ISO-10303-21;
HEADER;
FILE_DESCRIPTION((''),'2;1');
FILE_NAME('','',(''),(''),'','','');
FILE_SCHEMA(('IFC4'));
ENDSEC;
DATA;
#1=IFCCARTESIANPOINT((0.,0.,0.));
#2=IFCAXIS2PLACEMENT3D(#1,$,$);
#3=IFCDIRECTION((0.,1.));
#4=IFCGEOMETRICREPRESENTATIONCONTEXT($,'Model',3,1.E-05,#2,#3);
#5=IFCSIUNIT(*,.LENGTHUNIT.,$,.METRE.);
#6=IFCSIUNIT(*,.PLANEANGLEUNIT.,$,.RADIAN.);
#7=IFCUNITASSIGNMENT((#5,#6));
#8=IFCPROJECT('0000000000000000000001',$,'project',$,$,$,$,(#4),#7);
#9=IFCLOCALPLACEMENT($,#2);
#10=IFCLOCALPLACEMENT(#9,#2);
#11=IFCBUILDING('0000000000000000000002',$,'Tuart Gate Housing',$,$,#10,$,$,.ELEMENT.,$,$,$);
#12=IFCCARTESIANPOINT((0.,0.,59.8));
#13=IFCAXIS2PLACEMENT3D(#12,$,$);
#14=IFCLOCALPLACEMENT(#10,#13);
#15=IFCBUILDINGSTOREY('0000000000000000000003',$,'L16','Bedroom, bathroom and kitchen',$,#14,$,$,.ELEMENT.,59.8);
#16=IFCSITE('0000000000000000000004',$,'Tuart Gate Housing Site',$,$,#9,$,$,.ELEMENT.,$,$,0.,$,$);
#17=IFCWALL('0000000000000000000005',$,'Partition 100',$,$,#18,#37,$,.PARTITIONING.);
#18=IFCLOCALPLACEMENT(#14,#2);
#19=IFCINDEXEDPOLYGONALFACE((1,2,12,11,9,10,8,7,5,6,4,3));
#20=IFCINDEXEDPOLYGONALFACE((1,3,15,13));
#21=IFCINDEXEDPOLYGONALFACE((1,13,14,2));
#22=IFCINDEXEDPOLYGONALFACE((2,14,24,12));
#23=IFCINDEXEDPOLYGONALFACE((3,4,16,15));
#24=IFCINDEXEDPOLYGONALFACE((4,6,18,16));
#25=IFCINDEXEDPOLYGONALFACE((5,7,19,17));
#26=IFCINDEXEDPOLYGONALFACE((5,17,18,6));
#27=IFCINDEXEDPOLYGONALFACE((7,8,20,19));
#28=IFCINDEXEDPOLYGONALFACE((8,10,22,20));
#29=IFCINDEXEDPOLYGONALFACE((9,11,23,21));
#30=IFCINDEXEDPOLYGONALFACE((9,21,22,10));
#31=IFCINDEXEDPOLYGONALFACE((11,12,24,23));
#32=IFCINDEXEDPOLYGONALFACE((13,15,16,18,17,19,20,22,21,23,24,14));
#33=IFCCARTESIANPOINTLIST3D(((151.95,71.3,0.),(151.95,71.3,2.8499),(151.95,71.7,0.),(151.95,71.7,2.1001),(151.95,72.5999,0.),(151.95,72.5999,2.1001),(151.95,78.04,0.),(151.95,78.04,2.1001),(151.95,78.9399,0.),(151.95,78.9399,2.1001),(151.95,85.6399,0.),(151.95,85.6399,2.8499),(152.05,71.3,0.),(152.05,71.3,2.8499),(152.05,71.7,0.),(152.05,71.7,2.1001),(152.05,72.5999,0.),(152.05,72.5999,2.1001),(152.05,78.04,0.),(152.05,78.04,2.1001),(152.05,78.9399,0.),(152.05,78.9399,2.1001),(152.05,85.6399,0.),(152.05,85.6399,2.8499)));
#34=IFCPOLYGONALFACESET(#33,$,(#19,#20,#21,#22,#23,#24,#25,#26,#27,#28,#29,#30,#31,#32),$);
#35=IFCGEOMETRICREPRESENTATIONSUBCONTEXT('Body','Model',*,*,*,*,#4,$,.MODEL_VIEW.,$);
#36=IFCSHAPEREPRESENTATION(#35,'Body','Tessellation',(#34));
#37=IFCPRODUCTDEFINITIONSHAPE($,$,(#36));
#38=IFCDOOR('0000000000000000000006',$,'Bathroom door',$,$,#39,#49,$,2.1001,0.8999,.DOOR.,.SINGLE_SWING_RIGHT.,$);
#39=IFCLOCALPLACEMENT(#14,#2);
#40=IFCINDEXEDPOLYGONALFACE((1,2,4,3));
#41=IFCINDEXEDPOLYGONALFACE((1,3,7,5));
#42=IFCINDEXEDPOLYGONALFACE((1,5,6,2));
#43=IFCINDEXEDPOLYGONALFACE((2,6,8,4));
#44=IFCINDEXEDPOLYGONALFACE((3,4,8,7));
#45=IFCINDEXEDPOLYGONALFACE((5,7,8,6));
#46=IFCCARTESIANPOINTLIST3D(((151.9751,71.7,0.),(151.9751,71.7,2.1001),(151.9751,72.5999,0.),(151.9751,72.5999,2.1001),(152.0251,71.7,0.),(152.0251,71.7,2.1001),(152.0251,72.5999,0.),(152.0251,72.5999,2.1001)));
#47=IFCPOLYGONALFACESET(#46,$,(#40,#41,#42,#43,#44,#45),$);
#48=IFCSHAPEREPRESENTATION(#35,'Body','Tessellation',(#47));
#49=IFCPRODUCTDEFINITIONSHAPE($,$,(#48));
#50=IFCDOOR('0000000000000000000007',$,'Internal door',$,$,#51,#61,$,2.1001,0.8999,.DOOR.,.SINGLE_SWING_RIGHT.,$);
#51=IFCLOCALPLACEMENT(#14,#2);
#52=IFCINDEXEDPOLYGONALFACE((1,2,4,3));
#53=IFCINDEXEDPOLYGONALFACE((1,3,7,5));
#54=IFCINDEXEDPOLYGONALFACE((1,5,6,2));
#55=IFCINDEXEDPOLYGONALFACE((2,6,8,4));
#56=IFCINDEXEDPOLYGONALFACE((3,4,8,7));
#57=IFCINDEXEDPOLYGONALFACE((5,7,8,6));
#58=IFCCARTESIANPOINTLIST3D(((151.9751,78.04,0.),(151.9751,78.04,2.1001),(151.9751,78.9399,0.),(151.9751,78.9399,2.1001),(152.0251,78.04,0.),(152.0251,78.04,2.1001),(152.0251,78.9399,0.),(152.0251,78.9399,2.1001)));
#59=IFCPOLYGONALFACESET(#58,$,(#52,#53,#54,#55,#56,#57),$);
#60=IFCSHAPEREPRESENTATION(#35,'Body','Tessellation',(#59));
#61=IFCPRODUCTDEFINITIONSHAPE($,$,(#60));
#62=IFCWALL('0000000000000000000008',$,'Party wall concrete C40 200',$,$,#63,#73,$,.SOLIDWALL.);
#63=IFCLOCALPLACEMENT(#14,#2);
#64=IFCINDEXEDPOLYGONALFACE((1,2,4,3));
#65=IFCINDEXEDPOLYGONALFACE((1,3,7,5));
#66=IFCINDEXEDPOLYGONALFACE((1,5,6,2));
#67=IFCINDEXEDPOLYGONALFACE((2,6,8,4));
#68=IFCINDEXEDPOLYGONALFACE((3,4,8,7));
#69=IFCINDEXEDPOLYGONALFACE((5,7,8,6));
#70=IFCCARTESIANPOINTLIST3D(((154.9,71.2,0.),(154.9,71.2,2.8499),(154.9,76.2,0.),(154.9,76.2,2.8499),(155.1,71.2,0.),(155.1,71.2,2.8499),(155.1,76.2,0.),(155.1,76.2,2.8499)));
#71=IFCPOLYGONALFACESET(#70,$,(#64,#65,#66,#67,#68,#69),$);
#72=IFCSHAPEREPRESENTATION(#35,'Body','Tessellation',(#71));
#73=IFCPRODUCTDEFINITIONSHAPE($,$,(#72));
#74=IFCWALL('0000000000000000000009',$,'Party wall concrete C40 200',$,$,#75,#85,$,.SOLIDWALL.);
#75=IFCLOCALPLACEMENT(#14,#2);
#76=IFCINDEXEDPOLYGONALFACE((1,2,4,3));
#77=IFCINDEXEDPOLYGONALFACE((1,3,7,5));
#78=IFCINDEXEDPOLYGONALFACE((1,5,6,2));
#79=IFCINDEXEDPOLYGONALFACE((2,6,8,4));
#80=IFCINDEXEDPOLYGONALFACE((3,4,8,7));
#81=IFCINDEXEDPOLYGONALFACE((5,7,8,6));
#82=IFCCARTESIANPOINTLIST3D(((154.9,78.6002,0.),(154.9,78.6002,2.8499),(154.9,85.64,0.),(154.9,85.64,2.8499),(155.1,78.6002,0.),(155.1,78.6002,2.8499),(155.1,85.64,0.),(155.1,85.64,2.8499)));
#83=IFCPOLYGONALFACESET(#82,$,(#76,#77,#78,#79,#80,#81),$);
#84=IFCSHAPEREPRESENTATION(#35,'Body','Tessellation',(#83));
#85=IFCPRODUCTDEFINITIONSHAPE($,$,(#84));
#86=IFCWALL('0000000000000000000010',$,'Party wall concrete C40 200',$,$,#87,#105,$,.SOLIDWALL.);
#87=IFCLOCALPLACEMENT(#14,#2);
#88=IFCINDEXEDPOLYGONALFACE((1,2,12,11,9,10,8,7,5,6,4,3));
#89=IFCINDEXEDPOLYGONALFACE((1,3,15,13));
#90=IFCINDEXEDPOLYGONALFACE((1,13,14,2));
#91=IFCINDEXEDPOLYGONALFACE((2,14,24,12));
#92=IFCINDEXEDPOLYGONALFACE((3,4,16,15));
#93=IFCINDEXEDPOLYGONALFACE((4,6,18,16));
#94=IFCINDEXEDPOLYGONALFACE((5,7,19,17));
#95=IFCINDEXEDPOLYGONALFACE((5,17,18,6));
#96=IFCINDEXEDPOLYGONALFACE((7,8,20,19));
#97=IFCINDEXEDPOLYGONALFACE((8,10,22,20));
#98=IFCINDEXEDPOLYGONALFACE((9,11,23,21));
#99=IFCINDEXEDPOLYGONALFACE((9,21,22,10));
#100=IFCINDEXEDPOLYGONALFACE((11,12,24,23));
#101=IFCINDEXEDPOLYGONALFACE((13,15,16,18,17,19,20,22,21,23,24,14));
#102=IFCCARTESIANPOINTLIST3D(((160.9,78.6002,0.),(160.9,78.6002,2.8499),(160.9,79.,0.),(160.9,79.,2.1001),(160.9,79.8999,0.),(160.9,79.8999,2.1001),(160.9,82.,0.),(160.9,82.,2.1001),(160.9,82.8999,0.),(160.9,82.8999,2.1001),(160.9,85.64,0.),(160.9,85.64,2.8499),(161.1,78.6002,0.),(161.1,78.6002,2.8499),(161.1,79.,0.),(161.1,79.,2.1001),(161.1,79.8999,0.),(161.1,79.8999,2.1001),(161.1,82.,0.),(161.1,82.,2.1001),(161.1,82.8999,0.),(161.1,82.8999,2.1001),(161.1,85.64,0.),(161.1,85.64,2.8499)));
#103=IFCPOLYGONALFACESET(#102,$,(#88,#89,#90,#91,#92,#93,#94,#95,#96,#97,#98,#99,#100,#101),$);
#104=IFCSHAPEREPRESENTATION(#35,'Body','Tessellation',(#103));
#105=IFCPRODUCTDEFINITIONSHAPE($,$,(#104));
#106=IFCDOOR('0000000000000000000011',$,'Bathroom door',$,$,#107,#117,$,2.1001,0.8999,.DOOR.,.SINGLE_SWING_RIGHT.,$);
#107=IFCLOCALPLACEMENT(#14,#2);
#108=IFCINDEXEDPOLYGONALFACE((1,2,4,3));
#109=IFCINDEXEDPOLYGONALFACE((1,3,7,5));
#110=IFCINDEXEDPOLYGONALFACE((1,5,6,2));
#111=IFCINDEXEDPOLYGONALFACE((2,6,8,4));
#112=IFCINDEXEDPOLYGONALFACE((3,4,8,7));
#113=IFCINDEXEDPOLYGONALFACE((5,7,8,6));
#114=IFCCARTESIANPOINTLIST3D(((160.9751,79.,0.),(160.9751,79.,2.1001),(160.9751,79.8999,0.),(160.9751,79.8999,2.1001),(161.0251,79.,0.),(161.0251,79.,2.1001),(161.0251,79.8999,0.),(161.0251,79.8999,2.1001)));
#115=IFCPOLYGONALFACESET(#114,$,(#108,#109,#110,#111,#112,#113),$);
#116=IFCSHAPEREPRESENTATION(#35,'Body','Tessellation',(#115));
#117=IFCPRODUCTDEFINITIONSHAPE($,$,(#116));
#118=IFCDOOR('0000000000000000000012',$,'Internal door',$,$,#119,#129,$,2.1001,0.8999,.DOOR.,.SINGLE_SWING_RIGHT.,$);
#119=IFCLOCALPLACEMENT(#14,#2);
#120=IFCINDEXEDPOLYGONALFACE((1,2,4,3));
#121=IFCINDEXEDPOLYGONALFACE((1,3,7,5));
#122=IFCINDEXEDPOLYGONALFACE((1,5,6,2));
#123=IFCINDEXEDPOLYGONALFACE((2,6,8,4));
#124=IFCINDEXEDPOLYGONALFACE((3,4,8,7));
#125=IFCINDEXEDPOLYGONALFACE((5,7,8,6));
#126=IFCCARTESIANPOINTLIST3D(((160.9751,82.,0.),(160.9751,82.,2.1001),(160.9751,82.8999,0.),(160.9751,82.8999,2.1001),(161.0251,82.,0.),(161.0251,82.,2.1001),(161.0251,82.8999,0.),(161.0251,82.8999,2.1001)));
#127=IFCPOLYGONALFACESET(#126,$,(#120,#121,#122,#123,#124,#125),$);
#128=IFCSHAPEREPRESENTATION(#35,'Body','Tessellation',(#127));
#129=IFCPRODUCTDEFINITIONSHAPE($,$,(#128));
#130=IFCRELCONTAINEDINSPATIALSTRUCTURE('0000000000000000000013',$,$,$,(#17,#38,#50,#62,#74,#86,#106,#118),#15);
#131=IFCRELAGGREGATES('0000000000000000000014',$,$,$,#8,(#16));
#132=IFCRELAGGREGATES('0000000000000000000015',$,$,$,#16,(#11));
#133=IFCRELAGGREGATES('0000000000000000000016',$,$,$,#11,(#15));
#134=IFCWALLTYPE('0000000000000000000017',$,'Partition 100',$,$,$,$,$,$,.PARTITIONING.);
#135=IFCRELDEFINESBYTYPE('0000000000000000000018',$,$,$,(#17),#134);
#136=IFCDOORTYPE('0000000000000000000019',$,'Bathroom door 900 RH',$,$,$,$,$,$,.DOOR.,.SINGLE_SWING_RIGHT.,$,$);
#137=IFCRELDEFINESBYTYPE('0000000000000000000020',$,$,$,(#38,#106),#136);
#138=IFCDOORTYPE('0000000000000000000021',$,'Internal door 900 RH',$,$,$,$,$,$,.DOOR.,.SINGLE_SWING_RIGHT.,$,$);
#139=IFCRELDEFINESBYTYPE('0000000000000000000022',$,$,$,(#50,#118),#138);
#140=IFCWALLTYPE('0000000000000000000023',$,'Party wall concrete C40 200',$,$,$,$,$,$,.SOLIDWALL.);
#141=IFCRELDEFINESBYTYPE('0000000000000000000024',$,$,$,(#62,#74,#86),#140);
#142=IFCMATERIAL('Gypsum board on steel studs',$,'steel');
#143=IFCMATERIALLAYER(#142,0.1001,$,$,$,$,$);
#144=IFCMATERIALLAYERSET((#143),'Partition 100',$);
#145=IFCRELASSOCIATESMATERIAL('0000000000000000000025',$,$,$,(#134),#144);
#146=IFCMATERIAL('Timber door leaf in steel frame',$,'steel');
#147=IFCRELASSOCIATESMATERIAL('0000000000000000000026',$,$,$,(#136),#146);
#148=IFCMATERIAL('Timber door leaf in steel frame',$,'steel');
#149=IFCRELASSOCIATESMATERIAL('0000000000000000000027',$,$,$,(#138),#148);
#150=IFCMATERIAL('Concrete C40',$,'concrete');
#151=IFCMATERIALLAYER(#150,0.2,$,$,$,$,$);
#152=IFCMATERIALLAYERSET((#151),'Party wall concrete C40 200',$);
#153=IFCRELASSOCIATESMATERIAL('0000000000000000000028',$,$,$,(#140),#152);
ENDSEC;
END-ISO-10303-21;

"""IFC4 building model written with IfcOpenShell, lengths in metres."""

from ifc_helpers import new_model, si_unit, direction, frame, frame_2d, origin, place, context, subcontext, project, spatial, rectangle, extrude, material, layer, layer_set, type_object, element, fill, save


model = new_model("IFC4")

# Units and contexts
model_context = context("Model", 3, precision=1e-05, world=origin(), true_north=direction((0.0, 1.0)))
body_context = subcontext(model_context, "Body", "Model", "MODEL_VIEW")
ifc_project = project(units=[si_unit("LENGTHUNIT", "METRE"), si_unit("PLANEANGLEUNIT", "RADIAN")], contexts=[model_context])

# Site, building, storey
site_placement = place(None, origin())
site = spatial("IfcSite", under=ifc_project, at=site_placement, Name="Tuart Gate Housing Site", CompositionType="ELEMENT", RefElevation=0.0)
building_placement = place(site_placement, origin())
building = spatial("IfcBuilding", under=site, at=building_placement, Name="Tuart Gate Housing", CompositionType="ELEMENT")
storey_placement = place(building_placement, frame((0.0, 0.0, 59.8)))
storey = spatial("IfcBuildingStorey", under=building, at=storey_placement, Name="L16", Description="Bedroom, bathroom and kitchen", CompositionType="ELEMENT", Elevation=59.8)

# Shared definitions
ifc_material_1 = material(Name="Gypsum board on steel studs", Category="steel")
ifc_layer_1 = layer(ifc_material_1, 0.1001)
ifc_layer_set_1 = layer_set([ifc_layer_1], Name="Partition 100")
wall_type_1 = type_object("IfcWallType", Name="Partition 100", PredefinedType="PARTITIONING", material=ifc_layer_set_1)

# Wall, openings, doors
wall_1_placement = place(storey_placement, frame((152.0, 71.3, 0.0), z_axis=(0.0, 0.0, 1.0), x_axis=(0.0, 1.0, 0.0)))
wall_1 = element("IfcWall", 1, at=wall_1_placement, inside=storey, type_object=wall_type_1, Name="Partition 100", PredefinedType="PARTITIONING", context=body_context, shape_type="SweptSolid", body=[
    extrude(rectangle(XDim=14.3398, YDim=0.1001, at=frame_2d((7.1699, 0.0))), origin(), (0.0, 0.0, 1.0), 2.8499),
])
opening_1_placement = place(wall_1_placement, frame((6.74, 0.0, 0.0)))
opening_1 = element("IfcOpeningElement", 2, at=opening_1_placement, cuts=wall_1, PredefinedType="OPENING", context=body_context, shape_type="SweptSolid", body=[
    extrude(rectangle(XDim=0.8999, YDim=2.1001, at=frame_2d((0.45, 1.05))), frame((0.0, 0.0601, 0.0), z_axis=(0.0, -1.0, 0.0), x_axis=(1.0, 0.0, 0.0)), (0.0, 0.0, 1.0), 0.1201),
])
opening_2_placement = place(wall_1_placement, frame((0.3999, 0.0, 0.0)))
opening_2 = element("IfcOpeningElement", 3, at=opening_2_placement, cuts=wall_1, PredefinedType="OPENING", context=body_context, shape_type="SweptSolid", body=[
    extrude(rectangle(XDim=0.8999, YDim=2.1001, at=frame_2d((0.45, 1.05))), frame((0.0, 0.0601, 0.0), z_axis=(0.0, -1.0, 0.0), x_axis=(1.0, 0.0, 0.0)), (0.0, 0.0, 1.0), 0.1201),
])
ifc_material_2 = material(Name="Timber door leaf in steel frame", Category="steel")
door_type_1 = type_object("IfcDoorType", Name="Bathroom door 900 RH", OperationType="SINGLE_SWING_RIGHT", PredefinedType="DOOR", material=ifc_material_2)
door_1_placement = place(opening_2_placement, frame((0.8999, 0.0, 0.0), z_axis=(0.0, 0.0, 1.0), x_axis=(-1.0, 0.0, 0.0)))
door_1 = element("IfcDoor", 4, at=door_1_placement, inside=storey, type_object=door_type_1, Name="Bathroom door", OperationType="SINGLE_SWING_RIGHT", OverallHeight=2.1001, OverallWidth=0.8999, PredefinedType="DOOR", context=body_context, shape_type="SweptSolid", body=[
    extrude(rectangle(XDim=0.8999, YDim=2.1001, at=frame_2d((0.45, 1.05))), frame((0.0, 0.0251, 0.0), z_axis=(0.0, -1.0, 0.0), x_axis=(1.0, 0.0, 0.0)), (0.0, 0.0, 1.0), 0.05),
])
fill(opening_2, door_1)
ifc_material_3 = material(Name="Timber door leaf in steel frame", Category="steel")
door_type_2 = type_object("IfcDoorType", Name="Internal door 900 RH", OperationType="SINGLE_SWING_RIGHT", PredefinedType="DOOR", material=ifc_material_3)
door_2_placement = place(opening_1_placement, frame((0.8999, 0.0, 0.0), z_axis=(0.0, 0.0, 1.0), x_axis=(-1.0, 0.0, 0.0)))
door_2 = element("IfcDoor", 5, at=door_2_placement, inside=storey, type_object=door_type_2, Name="Internal door", OperationType="SINGLE_SWING_RIGHT", OverallHeight=2.1001, OverallWidth=0.8999, PredefinedType="DOOR", context=body_context, shape_type="SweptSolid", body=[
    extrude(rectangle(XDim=0.8999, YDim=2.1001, at=frame_2d((0.45, 1.05))), frame((0.0, 0.0251, 0.0), z_axis=(0.0, -1.0, 0.0), x_axis=(1.0, 0.0, 0.0)), (0.0, 0.0, 1.0), 0.05),
])
fill(opening_1, door_2)

# Walls
ifc_material_4 = material(Name="Concrete C40", Category="concrete")
ifc_layer_2 = layer(ifc_material_4, 0.2)
ifc_layer_set_2 = layer_set([ifc_layer_2], Name="Party wall concrete C40 200")
wall_type_2 = type_object("IfcWallType", Name="Party wall concrete C40 200", PredefinedType="SOLIDWALL", material=ifc_layer_set_2)
wall_2_placement = place(storey_placement, frame((155.0, 71.2, 0.0), z_axis=(0.0, 0.0, 1.0), x_axis=(0.0, 1.0, 0.0)))
element("IfcWall", 6, at=wall_2_placement, inside=storey, type_object=wall_type_2, Name="Party wall concrete C40 200", PredefinedType="SOLIDWALL", context=body_context, shape_type="SweptSolid", body=[
    extrude(rectangle(XDim=5.0, YDim=0.2, at=frame_2d((2.5, 0.0))), origin(), (0.0, 0.0, 1.0), 2.8499),
])
wall_3_placement = place(storey_placement, frame((155.0, 78.6001, 0.0), z_axis=(0.0, 0.0, 1.0), x_axis=(0.0, 1.0, 0.0)))
element("IfcWall", 7, at=wall_3_placement, inside=storey, type_object=wall_type_2, Name="Party wall concrete C40 200", PredefinedType="SOLIDWALL", context=body_context, shape_type="SweptSolid", body=[
    extrude(rectangle(XDim=7.0398, YDim=0.2, at=frame_2d((3.52, 0.0))), origin(), (0.0, 0.0, 1.0), 2.8499),
])

# Wall, openings, doors
wall_4_placement = place(storey_placement, frame((161.0, 78.6001, 0.0), z_axis=(0.0, 0.0, 1.0), x_axis=(0.0, 1.0, 0.0)))
wall_4 = element("IfcWall", 8, at=wall_4_placement, inside=storey, type_object=wall_type_2, Name="Party wall concrete C40 200", PredefinedType="SOLIDWALL", context=body_context, shape_type="SweptSolid", body=[
    extrude(rectangle(XDim=7.0398, YDim=0.2, at=frame_2d((3.52, 0.0))), origin(), (0.0, 0.0, 1.0), 2.8499),
])
opening_3_placement = place(wall_4_placement, frame((3.3999, 0.0, 0.0)))
opening_3 = element("IfcOpeningElement", 9, at=opening_3_placement, cuts=wall_4, PredefinedType="OPENING", context=body_context, shape_type="SweptSolid", body=[
    extrude(rectangle(XDim=0.8999, YDim=2.1001, at=frame_2d((0.45, 1.05))), frame((0.0, 0.1099, 0.0), z_axis=(0.0, -1.0, 0.0), x_axis=(1.0, 0.0, 0.0)), (0.0, 0.0, 1.0), 0.22),
])
opening_4_placement = place(wall_4_placement, frame((0.3999, 0.0, 0.0)))
opening_4 = element("IfcOpeningElement", 10, at=opening_4_placement, cuts=wall_4, PredefinedType="OPENING", context=body_context, shape_type="SweptSolid", body=[
    extrude(rectangle(XDim=0.8999, YDim=2.1001, at=frame_2d((0.45, 1.05))), frame((0.0, 0.1099, 0.0), z_axis=(0.0, -1.0, 0.0), x_axis=(1.0, 0.0, 0.0)), (0.0, 0.0, 1.0), 0.22),
])
door_3_placement = place(opening_4_placement, frame((0.8999, 0.0, 0.0), z_axis=(0.0, 0.0, 1.0), x_axis=(-1.0, 0.0, 0.0)))
door_3 = element("IfcDoor", 11, at=door_3_placement, inside=storey, type_object=door_type_1, Name="Bathroom door", OperationType="SINGLE_SWING_RIGHT", OverallHeight=2.1001, OverallWidth=0.8999, PredefinedType="DOOR", context=body_context, shape_type="SweptSolid", body=[
    extrude(rectangle(XDim=0.8999, YDim=2.1001, at=frame_2d((0.45, 1.05))), frame((0.0, 0.0251, 0.0), z_axis=(0.0, -1.0, 0.0), x_axis=(1.0, 0.0, 0.0)), (0.0, 0.0, 1.0), 0.05),
])
fill(opening_4, door_3)
door_4_placement = place(opening_3_placement, frame((0.8999, 0.0, 0.0), z_axis=(0.0, 0.0, 1.0), x_axis=(-1.0, 0.0, 0.0)))
door_4 = element("IfcDoor", 12, at=door_4_placement, inside=storey, type_object=door_type_2, Name="Internal door", OperationType="SINGLE_SWING_RIGHT", OverallHeight=2.1001, OverallWidth=0.8999, PredefinedType="DOOR", context=body_context, shape_type="SweptSolid", body=[
    extrude(rectangle(XDim=0.8999, YDim=2.1001, at=frame_2d((0.45, 1.05))), frame((0.0, 0.0251, 0.0), z_axis=(0.0, -1.0, 0.0), x_axis=(1.0, 0.0, 0.0)), (0.0, 0.0, 1.0), 0.05),
])
fill(opening_3, door_4)

save(model, "model.ifc")
